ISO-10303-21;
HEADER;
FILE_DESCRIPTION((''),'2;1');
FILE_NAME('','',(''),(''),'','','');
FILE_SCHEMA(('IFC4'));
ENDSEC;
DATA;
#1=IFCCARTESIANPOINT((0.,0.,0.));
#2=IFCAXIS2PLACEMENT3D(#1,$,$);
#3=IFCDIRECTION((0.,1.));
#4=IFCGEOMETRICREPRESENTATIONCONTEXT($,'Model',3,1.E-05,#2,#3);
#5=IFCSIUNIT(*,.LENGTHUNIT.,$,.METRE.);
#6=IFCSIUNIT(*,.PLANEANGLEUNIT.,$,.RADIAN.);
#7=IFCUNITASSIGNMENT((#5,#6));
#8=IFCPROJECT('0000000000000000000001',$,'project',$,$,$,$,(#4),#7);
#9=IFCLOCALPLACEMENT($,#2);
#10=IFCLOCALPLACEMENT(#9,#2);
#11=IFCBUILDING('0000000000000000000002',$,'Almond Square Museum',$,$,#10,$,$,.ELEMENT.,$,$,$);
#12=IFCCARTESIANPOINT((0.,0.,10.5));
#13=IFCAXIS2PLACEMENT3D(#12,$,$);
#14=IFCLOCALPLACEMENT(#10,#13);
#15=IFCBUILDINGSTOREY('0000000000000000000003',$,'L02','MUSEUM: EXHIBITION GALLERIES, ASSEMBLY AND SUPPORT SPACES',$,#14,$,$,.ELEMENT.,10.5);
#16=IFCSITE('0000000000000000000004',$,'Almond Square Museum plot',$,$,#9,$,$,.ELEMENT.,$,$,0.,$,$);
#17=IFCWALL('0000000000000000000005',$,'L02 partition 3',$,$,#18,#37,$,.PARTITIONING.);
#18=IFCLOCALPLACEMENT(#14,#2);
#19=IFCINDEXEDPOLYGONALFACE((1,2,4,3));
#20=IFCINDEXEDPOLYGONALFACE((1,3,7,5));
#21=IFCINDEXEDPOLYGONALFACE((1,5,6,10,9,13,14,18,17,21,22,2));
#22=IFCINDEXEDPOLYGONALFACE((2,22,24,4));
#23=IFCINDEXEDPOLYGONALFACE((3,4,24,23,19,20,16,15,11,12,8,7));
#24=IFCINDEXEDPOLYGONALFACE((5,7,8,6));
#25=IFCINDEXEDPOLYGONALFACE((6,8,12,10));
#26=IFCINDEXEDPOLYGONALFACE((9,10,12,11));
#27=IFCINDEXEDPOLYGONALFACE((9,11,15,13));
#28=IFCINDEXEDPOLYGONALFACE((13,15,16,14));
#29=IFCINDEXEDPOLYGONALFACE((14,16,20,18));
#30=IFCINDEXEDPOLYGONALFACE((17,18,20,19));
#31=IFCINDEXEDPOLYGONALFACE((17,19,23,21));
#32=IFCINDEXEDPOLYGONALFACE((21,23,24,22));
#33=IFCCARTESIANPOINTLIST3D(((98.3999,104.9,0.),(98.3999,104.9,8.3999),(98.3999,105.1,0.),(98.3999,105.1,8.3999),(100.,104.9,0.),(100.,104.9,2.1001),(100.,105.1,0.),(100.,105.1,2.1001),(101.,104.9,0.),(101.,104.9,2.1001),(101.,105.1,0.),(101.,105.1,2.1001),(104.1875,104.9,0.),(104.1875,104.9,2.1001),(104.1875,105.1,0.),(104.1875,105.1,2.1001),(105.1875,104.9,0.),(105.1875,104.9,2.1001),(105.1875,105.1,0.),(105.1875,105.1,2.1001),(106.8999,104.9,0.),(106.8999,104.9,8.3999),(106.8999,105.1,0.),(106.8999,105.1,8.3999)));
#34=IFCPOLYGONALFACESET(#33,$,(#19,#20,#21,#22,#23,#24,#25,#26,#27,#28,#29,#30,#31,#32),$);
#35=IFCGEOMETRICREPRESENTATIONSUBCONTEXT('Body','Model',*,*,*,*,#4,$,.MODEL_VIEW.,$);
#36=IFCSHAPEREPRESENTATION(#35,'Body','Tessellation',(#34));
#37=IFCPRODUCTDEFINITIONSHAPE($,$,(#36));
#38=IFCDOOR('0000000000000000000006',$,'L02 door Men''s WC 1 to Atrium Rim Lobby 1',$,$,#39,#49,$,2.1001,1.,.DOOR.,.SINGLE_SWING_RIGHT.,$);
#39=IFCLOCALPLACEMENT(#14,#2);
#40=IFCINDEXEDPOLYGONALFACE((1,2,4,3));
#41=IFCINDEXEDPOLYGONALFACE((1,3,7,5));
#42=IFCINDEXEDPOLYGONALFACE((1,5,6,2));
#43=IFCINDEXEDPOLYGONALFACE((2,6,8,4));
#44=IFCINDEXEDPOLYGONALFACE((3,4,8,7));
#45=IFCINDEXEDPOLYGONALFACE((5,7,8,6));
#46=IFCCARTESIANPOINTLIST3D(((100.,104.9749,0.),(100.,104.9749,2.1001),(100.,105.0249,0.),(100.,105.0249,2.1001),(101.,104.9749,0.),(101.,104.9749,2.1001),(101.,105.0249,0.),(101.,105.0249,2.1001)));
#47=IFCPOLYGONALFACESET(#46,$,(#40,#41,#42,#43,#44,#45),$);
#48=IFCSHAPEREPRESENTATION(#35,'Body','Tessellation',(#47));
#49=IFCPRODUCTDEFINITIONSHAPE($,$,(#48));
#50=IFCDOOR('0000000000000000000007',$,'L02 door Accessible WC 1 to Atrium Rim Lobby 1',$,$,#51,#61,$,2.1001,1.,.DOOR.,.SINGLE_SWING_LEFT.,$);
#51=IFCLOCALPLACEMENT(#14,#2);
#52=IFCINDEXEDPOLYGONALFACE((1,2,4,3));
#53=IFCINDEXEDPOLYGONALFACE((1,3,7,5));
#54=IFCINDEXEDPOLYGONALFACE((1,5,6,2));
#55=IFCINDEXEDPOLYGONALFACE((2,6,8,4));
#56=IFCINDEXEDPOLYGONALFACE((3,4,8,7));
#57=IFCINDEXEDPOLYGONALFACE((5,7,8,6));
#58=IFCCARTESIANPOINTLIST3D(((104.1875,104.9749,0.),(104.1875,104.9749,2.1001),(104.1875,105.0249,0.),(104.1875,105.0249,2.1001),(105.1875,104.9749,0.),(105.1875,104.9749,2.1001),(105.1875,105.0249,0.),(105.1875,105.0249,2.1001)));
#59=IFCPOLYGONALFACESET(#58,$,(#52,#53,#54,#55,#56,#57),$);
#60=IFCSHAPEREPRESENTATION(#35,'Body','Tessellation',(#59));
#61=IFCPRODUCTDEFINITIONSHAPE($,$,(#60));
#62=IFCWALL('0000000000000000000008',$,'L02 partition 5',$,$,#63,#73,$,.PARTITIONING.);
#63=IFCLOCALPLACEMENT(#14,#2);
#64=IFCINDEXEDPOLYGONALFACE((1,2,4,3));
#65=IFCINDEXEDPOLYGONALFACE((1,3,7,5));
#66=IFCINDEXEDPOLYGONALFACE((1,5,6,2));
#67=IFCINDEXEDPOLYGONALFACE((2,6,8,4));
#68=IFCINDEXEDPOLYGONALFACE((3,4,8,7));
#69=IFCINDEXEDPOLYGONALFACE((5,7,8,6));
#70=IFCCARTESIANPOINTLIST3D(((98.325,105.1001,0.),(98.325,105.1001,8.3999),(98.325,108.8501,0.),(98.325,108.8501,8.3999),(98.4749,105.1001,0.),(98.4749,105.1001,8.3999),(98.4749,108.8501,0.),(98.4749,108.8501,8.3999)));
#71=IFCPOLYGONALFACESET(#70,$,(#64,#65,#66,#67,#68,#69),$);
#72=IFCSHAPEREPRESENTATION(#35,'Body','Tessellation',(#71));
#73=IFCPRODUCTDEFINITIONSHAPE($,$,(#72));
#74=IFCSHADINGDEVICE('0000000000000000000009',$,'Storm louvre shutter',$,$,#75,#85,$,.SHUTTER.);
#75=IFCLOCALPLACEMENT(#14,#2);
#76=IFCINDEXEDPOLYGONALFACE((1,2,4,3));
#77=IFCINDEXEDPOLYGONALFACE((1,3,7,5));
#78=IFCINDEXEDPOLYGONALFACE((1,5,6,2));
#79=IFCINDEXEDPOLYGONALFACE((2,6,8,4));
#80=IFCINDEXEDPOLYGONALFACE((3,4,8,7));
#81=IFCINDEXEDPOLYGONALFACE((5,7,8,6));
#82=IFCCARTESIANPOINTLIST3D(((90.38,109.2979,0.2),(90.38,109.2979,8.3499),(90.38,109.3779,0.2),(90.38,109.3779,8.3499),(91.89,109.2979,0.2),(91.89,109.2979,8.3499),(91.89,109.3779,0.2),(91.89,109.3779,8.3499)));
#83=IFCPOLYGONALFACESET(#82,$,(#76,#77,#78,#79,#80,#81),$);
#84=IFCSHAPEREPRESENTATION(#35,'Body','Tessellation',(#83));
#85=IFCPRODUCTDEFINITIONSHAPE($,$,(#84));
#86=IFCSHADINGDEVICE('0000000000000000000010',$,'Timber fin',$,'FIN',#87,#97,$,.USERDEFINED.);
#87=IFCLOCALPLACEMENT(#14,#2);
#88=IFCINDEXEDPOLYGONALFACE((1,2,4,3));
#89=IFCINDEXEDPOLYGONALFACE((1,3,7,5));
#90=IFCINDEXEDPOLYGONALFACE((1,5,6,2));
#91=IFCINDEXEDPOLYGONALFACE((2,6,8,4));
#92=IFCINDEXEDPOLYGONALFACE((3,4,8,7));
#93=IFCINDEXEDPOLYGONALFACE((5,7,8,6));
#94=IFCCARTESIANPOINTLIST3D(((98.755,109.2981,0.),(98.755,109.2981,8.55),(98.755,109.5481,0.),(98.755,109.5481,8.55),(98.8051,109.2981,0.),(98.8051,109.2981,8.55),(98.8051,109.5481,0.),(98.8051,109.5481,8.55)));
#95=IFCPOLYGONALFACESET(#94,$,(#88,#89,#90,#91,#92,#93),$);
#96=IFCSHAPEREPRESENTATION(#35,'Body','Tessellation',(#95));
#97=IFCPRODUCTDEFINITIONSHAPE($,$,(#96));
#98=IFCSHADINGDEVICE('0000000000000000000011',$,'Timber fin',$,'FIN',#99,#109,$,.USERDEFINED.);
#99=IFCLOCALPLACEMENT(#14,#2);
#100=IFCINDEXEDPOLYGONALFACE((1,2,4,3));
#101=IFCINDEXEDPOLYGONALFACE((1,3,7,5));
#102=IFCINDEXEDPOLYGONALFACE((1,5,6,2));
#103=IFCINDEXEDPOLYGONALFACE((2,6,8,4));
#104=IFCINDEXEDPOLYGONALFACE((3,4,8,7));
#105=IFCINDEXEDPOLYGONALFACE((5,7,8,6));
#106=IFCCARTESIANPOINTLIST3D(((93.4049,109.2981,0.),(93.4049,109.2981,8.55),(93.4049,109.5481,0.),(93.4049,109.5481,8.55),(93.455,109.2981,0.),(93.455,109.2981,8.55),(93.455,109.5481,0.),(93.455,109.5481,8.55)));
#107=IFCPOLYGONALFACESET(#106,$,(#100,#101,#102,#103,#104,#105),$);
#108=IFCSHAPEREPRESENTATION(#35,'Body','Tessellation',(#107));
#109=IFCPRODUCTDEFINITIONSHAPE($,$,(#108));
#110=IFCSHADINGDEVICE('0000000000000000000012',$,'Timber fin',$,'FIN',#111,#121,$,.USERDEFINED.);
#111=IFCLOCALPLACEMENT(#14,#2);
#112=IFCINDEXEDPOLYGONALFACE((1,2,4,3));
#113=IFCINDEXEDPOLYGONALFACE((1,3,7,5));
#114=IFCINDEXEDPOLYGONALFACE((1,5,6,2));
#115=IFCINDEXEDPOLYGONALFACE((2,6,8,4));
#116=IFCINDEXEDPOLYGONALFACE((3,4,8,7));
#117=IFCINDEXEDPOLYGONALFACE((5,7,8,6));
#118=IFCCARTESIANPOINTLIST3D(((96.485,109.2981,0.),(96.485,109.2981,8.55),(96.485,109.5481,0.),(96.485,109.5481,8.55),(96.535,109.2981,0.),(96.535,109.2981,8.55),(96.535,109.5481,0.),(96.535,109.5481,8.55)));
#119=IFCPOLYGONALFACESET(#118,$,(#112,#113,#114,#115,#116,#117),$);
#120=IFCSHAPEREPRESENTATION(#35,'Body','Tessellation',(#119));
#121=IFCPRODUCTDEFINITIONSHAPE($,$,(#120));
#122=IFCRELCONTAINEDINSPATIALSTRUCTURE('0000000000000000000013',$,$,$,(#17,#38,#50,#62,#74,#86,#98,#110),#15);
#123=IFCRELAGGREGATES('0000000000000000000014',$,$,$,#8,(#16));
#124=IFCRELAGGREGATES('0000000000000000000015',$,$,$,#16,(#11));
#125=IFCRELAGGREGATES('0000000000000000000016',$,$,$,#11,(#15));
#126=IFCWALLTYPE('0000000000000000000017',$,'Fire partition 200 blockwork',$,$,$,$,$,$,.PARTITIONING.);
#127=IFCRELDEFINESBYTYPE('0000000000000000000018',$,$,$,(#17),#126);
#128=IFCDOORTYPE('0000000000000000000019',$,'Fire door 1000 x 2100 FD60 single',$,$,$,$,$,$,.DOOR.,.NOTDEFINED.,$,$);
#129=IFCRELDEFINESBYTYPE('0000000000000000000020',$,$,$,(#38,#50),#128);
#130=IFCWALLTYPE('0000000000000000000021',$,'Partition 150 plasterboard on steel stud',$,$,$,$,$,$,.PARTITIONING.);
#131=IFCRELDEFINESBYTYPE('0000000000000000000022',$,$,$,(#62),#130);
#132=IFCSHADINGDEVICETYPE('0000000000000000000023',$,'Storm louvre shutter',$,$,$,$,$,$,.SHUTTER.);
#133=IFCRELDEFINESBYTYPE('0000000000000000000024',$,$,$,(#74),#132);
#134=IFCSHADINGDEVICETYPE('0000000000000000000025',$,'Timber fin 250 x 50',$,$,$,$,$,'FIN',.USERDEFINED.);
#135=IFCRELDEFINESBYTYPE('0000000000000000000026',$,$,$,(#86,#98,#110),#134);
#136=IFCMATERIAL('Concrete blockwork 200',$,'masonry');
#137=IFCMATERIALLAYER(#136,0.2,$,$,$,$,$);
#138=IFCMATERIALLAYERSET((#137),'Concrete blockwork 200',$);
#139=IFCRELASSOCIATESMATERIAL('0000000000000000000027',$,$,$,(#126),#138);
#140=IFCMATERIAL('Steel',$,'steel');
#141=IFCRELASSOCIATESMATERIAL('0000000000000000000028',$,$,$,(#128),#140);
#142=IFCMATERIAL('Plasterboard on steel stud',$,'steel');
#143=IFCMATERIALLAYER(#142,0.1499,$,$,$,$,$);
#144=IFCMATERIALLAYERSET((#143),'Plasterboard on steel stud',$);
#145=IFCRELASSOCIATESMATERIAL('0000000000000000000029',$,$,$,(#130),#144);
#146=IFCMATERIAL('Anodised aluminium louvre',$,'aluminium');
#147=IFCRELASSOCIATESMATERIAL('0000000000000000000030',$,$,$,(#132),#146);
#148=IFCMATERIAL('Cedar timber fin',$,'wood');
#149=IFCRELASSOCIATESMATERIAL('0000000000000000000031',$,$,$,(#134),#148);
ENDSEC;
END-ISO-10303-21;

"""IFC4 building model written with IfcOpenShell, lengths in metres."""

from ifc_helpers import new_model, si_unit, direction, frame, frame_2d, origin, origin_2d, place, context, subcontext, project, spatial, rectangle, extrude, material, layer, layer_set, material_profile, profile_set, type_object, element, fill, save


model = new_model("IFC4")

# Units and contexts
model_context = context("Model", 3, precision=1e-05, world=origin(), true_north=direction((0.0, 1.0)))
body_context = subcontext(model_context, "Body", "Model", "MODEL_VIEW")
ifc_project = project(units=[si_unit("LENGTHUNIT", "METRE"), si_unit("PLANEANGLEUNIT", "RADIAN")], contexts=[model_context])

# Site, building, storey
site_placement = place(None, origin())
site = spatial("IfcSite", under=ifc_project, at=site_placement, Name="Almond Square Museum plot", CompositionType="ELEMENT", RefElevation=0.0)
building_placement = place(site_placement, origin())
building = spatial("IfcBuilding", under=site, at=building_placement, Name="Almond Square Museum", CompositionType="ELEMENT")
storey_placement = place(building_placement, frame((0.0, 0.0, 10.5)))
storey = spatial("IfcBuildingStorey", under=building, at=storey_placement, Name="L02", Description="MUSEUM: EXHIBITION GALLERIES, ASSEMBLY AND SUPPORT SPACES", CompositionType="ELEMENT", Elevation=10.5)

# Shared definitions
ifc_material_1 = material(Name="Concrete blockwork 200", Category="masonry")
ifc_layer_1 = layer(ifc_material_1, 0.2)
ifc_layer_set_1 = layer_set([ifc_layer_1], Name="Concrete blockwork 200")
wall_type_1 = type_object("IfcWallType", Name="Fire partition 200 blockwork", PredefinedType="PARTITIONING", material=ifc_layer_set_1)

# Shared definitions
ifc_material_2 = material(Name="Steel", Category="steel")
door_type = type_object("IfcDoorType", Name="Fire door 1000 x 2100 FD60 single", OperationType="NOTDEFINED", PredefinedType="DOOR", material=ifc_material_2)

# Wall, openings, doors
wall_1_placement = place(storey_placement, frame((98.3999, 105.0, 0.0), z_axis=(0.0, 0.0, 1.0), x_axis=(1.0, 0.0, 0.0)))
wall_1 = element("IfcWall", 1, at=wall_1_placement, inside=storey, type_object=wall_type_1, Name="L02 partition 3", PredefinedType="PARTITIONING", context=body_context, shape_type="SweptSolid", body=[
    extrude(rectangle(XDim=8.5, YDim=0.2, at=frame_2d((4.25, 0.0))), origin(), (0.0, 0.0, 1.0), 8.3999),
])
opening_1_placement = place(wall_1_placement, frame((1.6001, 0.0, 0.0)))
opening_1 = element("IfcOpeningElement", 2, at=opening_1_placement, cuts=wall_1, PredefinedType="OPENING", context=body_context, shape_type="SweptSolid", body=[
    extrude(rectangle(XDim=1.0, YDim=2.1001, at=frame_2d((0.5, 1.05))), frame((0.0, 0.1099, 0.0), z_axis=(0.0, -1.0, 0.0), x_axis=(1.0, 0.0, 0.0)), (0.0, 0.0, 1.0), 0.22),
])
opening_2_placement = place(wall_1_placement, frame((5.7876, 0.0, 0.0)))
opening_2 = element("IfcOpeningElement", 3, at=opening_2_placement, cuts=wall_1, PredefinedType="OPENING", context=body_context, shape_type="SweptSolid", body=[
    extrude(rectangle(XDim=1.0, YDim=2.1001, at=frame_2d((0.5, 1.05))), frame((0.0, 0.1099, 0.0), z_axis=(0.0, -1.0, 0.0), x_axis=(1.0, 0.0, 0.0)), (0.0, 0.0, 1.0), 0.22),
])
door_1_placement = place(opening_1_placement, origin())
door_1 = element("IfcDoor", 4, at=door_1_placement, inside=storey, type_object=door_type, Name="L02 door Men's WC 1 to Atrium Rim Lobby 1", OperationType="SINGLE_SWING_RIGHT", OverallHeight=2.1001, OverallWidth=1.0, PredefinedType="DOOR", context=body_context, shape_type="SweptSolid", body=[
    extrude(rectangle(XDim=1.0, YDim=2.1001, at=frame_2d((0.5, 1.05))), frame((0.0, 0.0249, 0.0), z_axis=(0.0, -1.0, 0.0), x_axis=(1.0, 0.0, 0.0)), (0.0, 0.0, 1.0), 0.05),
])
fill(opening_1, door_1)
door_2_placement = place(opening_2_placement, origin())
door_2 = element("IfcDoor", 5, at=door_2_placement, inside=storey, type_object=door_type, Name="L02 door Accessible WC 1 to Atrium Rim Lobby 1", OperationType="SINGLE_SWING_LEFT", OverallHeight=2.1001, OverallWidth=1.0, PredefinedType="DOOR", context=body_context, shape_type="SweptSolid", body=[
    extrude(rectangle(XDim=1.0, YDim=2.1001, at=frame_2d((0.5, 1.05))), frame((0.0, 0.0249, 0.0), z_axis=(0.0, -1.0, 0.0), x_axis=(1.0, 0.0, 0.0)), (0.0, 0.0, 1.0), 0.05),
])
fill(opening_2, door_2)

# Wall
ifc_material_3 = material(Name="Plasterboard on steel stud", Category="steel")
ifc_layer_2 = layer(ifc_material_3, 0.1499)
ifc_layer_set_2 = layer_set([ifc_layer_2], Name="Plasterboard on steel stud")
wall_type_2 = type_object("IfcWallType", Name="Partition 150 plasterboard on steel stud", PredefinedType="PARTITIONING", material=ifc_layer_set_2)
wall_2_placement = place(storey_placement, frame((98.3999, 105.1001, 0.0), z_axis=(0.0, 0.0, 1.0), x_axis=(0.0, 1.0, 0.0)))
element("IfcWall", 6, at=wall_2_placement, inside=storey, type_object=wall_type_2, Name="L02 partition 5", PredefinedType="PARTITIONING", context=body_context, shape_type="SweptSolid", body=[
    extrude(rectangle(XDim=3.75, YDim=0.1499, at=frame_2d((1.875, 0.0))), origin(), (0.0, 0.0, 1.0), 8.3999),
])

# Shading devices
ifc_material_4 = material(Name="Anodised aluminium louvre", Category="aluminium")
shading_device_type_1 = type_object("IfcShadingDeviceType", Name="Storm louvre shutter", PredefinedType="SHUTTER", material=ifc_material_4)
shading_device_placement = place(storey_placement, frame((91.135, 109.3379, 0.2), z_axis=(0.0, 0.0, 1.0), x_axis=(1.0, 0.0, 0.0)))
element("IfcShadingDevice", 7, at=shading_device_placement, inside=storey, type_object=shading_device_type_1, Name="Storm louvre shutter", PredefinedType="SHUTTER", context=body_context, shape_type="SweptSolid", body=[
    extrude(rectangle(XDim=1.51, YDim=0.0801, at=origin_2d()), origin(), (0.0, 0.0, 1.0), 8.1499),
])
ifc_material_5 = material(Name="Cedar timber fin", Category="wood")
ifc_material_profile_1 = material_profile(ifc_material_5, rectangle(XDim=0.25, YDim=0.05, at=origin_2d()))
ifc_profile_set_1 = profile_set([ifc_material_profile_1], Name="Cedar timber fin")
shading_device_type_2 = type_object("IfcShadingDeviceType", Name="Timber fin 250 x 50", ElementType="FIN", PredefinedType="USERDEFINED", material=ifc_profile_set_1)
for number, where, z_axis, x_axis, name in (
    (8, (98.78, 109.4231, 0.0), (0.0, 0.0, 1.0), (0.0, 1.0, 0.0), "Timber fin"),
    (9, (93.4299, 109.4231, 0.0), (0.0, 0.0, 1.0), (0.0, 1.0, 0.0), "Timber fin"),
    (10, (96.51, 109.4231, 0.0), (0.0, 0.0, 1.0), (0.0, 1.0, 0.0), "Timber fin"),
):
    element("IfcShadingDevice", number, at=place(storey_placement, frame(where, z_axis=z_axis, x_axis=x_axis)), inside=storey, type_object=shading_device_type_2, Name=name, ObjectType="FIN", PredefinedType="USERDEFINED", context=body_context, shape_type="SweptSolid", body=[
        extrude(rectangle(XDim=0.25, YDim=0.05, at=origin_2d()), origin(), (0.0, 0.0, 1.0), 8.55),
    ])

save(model, "model.ifc")
